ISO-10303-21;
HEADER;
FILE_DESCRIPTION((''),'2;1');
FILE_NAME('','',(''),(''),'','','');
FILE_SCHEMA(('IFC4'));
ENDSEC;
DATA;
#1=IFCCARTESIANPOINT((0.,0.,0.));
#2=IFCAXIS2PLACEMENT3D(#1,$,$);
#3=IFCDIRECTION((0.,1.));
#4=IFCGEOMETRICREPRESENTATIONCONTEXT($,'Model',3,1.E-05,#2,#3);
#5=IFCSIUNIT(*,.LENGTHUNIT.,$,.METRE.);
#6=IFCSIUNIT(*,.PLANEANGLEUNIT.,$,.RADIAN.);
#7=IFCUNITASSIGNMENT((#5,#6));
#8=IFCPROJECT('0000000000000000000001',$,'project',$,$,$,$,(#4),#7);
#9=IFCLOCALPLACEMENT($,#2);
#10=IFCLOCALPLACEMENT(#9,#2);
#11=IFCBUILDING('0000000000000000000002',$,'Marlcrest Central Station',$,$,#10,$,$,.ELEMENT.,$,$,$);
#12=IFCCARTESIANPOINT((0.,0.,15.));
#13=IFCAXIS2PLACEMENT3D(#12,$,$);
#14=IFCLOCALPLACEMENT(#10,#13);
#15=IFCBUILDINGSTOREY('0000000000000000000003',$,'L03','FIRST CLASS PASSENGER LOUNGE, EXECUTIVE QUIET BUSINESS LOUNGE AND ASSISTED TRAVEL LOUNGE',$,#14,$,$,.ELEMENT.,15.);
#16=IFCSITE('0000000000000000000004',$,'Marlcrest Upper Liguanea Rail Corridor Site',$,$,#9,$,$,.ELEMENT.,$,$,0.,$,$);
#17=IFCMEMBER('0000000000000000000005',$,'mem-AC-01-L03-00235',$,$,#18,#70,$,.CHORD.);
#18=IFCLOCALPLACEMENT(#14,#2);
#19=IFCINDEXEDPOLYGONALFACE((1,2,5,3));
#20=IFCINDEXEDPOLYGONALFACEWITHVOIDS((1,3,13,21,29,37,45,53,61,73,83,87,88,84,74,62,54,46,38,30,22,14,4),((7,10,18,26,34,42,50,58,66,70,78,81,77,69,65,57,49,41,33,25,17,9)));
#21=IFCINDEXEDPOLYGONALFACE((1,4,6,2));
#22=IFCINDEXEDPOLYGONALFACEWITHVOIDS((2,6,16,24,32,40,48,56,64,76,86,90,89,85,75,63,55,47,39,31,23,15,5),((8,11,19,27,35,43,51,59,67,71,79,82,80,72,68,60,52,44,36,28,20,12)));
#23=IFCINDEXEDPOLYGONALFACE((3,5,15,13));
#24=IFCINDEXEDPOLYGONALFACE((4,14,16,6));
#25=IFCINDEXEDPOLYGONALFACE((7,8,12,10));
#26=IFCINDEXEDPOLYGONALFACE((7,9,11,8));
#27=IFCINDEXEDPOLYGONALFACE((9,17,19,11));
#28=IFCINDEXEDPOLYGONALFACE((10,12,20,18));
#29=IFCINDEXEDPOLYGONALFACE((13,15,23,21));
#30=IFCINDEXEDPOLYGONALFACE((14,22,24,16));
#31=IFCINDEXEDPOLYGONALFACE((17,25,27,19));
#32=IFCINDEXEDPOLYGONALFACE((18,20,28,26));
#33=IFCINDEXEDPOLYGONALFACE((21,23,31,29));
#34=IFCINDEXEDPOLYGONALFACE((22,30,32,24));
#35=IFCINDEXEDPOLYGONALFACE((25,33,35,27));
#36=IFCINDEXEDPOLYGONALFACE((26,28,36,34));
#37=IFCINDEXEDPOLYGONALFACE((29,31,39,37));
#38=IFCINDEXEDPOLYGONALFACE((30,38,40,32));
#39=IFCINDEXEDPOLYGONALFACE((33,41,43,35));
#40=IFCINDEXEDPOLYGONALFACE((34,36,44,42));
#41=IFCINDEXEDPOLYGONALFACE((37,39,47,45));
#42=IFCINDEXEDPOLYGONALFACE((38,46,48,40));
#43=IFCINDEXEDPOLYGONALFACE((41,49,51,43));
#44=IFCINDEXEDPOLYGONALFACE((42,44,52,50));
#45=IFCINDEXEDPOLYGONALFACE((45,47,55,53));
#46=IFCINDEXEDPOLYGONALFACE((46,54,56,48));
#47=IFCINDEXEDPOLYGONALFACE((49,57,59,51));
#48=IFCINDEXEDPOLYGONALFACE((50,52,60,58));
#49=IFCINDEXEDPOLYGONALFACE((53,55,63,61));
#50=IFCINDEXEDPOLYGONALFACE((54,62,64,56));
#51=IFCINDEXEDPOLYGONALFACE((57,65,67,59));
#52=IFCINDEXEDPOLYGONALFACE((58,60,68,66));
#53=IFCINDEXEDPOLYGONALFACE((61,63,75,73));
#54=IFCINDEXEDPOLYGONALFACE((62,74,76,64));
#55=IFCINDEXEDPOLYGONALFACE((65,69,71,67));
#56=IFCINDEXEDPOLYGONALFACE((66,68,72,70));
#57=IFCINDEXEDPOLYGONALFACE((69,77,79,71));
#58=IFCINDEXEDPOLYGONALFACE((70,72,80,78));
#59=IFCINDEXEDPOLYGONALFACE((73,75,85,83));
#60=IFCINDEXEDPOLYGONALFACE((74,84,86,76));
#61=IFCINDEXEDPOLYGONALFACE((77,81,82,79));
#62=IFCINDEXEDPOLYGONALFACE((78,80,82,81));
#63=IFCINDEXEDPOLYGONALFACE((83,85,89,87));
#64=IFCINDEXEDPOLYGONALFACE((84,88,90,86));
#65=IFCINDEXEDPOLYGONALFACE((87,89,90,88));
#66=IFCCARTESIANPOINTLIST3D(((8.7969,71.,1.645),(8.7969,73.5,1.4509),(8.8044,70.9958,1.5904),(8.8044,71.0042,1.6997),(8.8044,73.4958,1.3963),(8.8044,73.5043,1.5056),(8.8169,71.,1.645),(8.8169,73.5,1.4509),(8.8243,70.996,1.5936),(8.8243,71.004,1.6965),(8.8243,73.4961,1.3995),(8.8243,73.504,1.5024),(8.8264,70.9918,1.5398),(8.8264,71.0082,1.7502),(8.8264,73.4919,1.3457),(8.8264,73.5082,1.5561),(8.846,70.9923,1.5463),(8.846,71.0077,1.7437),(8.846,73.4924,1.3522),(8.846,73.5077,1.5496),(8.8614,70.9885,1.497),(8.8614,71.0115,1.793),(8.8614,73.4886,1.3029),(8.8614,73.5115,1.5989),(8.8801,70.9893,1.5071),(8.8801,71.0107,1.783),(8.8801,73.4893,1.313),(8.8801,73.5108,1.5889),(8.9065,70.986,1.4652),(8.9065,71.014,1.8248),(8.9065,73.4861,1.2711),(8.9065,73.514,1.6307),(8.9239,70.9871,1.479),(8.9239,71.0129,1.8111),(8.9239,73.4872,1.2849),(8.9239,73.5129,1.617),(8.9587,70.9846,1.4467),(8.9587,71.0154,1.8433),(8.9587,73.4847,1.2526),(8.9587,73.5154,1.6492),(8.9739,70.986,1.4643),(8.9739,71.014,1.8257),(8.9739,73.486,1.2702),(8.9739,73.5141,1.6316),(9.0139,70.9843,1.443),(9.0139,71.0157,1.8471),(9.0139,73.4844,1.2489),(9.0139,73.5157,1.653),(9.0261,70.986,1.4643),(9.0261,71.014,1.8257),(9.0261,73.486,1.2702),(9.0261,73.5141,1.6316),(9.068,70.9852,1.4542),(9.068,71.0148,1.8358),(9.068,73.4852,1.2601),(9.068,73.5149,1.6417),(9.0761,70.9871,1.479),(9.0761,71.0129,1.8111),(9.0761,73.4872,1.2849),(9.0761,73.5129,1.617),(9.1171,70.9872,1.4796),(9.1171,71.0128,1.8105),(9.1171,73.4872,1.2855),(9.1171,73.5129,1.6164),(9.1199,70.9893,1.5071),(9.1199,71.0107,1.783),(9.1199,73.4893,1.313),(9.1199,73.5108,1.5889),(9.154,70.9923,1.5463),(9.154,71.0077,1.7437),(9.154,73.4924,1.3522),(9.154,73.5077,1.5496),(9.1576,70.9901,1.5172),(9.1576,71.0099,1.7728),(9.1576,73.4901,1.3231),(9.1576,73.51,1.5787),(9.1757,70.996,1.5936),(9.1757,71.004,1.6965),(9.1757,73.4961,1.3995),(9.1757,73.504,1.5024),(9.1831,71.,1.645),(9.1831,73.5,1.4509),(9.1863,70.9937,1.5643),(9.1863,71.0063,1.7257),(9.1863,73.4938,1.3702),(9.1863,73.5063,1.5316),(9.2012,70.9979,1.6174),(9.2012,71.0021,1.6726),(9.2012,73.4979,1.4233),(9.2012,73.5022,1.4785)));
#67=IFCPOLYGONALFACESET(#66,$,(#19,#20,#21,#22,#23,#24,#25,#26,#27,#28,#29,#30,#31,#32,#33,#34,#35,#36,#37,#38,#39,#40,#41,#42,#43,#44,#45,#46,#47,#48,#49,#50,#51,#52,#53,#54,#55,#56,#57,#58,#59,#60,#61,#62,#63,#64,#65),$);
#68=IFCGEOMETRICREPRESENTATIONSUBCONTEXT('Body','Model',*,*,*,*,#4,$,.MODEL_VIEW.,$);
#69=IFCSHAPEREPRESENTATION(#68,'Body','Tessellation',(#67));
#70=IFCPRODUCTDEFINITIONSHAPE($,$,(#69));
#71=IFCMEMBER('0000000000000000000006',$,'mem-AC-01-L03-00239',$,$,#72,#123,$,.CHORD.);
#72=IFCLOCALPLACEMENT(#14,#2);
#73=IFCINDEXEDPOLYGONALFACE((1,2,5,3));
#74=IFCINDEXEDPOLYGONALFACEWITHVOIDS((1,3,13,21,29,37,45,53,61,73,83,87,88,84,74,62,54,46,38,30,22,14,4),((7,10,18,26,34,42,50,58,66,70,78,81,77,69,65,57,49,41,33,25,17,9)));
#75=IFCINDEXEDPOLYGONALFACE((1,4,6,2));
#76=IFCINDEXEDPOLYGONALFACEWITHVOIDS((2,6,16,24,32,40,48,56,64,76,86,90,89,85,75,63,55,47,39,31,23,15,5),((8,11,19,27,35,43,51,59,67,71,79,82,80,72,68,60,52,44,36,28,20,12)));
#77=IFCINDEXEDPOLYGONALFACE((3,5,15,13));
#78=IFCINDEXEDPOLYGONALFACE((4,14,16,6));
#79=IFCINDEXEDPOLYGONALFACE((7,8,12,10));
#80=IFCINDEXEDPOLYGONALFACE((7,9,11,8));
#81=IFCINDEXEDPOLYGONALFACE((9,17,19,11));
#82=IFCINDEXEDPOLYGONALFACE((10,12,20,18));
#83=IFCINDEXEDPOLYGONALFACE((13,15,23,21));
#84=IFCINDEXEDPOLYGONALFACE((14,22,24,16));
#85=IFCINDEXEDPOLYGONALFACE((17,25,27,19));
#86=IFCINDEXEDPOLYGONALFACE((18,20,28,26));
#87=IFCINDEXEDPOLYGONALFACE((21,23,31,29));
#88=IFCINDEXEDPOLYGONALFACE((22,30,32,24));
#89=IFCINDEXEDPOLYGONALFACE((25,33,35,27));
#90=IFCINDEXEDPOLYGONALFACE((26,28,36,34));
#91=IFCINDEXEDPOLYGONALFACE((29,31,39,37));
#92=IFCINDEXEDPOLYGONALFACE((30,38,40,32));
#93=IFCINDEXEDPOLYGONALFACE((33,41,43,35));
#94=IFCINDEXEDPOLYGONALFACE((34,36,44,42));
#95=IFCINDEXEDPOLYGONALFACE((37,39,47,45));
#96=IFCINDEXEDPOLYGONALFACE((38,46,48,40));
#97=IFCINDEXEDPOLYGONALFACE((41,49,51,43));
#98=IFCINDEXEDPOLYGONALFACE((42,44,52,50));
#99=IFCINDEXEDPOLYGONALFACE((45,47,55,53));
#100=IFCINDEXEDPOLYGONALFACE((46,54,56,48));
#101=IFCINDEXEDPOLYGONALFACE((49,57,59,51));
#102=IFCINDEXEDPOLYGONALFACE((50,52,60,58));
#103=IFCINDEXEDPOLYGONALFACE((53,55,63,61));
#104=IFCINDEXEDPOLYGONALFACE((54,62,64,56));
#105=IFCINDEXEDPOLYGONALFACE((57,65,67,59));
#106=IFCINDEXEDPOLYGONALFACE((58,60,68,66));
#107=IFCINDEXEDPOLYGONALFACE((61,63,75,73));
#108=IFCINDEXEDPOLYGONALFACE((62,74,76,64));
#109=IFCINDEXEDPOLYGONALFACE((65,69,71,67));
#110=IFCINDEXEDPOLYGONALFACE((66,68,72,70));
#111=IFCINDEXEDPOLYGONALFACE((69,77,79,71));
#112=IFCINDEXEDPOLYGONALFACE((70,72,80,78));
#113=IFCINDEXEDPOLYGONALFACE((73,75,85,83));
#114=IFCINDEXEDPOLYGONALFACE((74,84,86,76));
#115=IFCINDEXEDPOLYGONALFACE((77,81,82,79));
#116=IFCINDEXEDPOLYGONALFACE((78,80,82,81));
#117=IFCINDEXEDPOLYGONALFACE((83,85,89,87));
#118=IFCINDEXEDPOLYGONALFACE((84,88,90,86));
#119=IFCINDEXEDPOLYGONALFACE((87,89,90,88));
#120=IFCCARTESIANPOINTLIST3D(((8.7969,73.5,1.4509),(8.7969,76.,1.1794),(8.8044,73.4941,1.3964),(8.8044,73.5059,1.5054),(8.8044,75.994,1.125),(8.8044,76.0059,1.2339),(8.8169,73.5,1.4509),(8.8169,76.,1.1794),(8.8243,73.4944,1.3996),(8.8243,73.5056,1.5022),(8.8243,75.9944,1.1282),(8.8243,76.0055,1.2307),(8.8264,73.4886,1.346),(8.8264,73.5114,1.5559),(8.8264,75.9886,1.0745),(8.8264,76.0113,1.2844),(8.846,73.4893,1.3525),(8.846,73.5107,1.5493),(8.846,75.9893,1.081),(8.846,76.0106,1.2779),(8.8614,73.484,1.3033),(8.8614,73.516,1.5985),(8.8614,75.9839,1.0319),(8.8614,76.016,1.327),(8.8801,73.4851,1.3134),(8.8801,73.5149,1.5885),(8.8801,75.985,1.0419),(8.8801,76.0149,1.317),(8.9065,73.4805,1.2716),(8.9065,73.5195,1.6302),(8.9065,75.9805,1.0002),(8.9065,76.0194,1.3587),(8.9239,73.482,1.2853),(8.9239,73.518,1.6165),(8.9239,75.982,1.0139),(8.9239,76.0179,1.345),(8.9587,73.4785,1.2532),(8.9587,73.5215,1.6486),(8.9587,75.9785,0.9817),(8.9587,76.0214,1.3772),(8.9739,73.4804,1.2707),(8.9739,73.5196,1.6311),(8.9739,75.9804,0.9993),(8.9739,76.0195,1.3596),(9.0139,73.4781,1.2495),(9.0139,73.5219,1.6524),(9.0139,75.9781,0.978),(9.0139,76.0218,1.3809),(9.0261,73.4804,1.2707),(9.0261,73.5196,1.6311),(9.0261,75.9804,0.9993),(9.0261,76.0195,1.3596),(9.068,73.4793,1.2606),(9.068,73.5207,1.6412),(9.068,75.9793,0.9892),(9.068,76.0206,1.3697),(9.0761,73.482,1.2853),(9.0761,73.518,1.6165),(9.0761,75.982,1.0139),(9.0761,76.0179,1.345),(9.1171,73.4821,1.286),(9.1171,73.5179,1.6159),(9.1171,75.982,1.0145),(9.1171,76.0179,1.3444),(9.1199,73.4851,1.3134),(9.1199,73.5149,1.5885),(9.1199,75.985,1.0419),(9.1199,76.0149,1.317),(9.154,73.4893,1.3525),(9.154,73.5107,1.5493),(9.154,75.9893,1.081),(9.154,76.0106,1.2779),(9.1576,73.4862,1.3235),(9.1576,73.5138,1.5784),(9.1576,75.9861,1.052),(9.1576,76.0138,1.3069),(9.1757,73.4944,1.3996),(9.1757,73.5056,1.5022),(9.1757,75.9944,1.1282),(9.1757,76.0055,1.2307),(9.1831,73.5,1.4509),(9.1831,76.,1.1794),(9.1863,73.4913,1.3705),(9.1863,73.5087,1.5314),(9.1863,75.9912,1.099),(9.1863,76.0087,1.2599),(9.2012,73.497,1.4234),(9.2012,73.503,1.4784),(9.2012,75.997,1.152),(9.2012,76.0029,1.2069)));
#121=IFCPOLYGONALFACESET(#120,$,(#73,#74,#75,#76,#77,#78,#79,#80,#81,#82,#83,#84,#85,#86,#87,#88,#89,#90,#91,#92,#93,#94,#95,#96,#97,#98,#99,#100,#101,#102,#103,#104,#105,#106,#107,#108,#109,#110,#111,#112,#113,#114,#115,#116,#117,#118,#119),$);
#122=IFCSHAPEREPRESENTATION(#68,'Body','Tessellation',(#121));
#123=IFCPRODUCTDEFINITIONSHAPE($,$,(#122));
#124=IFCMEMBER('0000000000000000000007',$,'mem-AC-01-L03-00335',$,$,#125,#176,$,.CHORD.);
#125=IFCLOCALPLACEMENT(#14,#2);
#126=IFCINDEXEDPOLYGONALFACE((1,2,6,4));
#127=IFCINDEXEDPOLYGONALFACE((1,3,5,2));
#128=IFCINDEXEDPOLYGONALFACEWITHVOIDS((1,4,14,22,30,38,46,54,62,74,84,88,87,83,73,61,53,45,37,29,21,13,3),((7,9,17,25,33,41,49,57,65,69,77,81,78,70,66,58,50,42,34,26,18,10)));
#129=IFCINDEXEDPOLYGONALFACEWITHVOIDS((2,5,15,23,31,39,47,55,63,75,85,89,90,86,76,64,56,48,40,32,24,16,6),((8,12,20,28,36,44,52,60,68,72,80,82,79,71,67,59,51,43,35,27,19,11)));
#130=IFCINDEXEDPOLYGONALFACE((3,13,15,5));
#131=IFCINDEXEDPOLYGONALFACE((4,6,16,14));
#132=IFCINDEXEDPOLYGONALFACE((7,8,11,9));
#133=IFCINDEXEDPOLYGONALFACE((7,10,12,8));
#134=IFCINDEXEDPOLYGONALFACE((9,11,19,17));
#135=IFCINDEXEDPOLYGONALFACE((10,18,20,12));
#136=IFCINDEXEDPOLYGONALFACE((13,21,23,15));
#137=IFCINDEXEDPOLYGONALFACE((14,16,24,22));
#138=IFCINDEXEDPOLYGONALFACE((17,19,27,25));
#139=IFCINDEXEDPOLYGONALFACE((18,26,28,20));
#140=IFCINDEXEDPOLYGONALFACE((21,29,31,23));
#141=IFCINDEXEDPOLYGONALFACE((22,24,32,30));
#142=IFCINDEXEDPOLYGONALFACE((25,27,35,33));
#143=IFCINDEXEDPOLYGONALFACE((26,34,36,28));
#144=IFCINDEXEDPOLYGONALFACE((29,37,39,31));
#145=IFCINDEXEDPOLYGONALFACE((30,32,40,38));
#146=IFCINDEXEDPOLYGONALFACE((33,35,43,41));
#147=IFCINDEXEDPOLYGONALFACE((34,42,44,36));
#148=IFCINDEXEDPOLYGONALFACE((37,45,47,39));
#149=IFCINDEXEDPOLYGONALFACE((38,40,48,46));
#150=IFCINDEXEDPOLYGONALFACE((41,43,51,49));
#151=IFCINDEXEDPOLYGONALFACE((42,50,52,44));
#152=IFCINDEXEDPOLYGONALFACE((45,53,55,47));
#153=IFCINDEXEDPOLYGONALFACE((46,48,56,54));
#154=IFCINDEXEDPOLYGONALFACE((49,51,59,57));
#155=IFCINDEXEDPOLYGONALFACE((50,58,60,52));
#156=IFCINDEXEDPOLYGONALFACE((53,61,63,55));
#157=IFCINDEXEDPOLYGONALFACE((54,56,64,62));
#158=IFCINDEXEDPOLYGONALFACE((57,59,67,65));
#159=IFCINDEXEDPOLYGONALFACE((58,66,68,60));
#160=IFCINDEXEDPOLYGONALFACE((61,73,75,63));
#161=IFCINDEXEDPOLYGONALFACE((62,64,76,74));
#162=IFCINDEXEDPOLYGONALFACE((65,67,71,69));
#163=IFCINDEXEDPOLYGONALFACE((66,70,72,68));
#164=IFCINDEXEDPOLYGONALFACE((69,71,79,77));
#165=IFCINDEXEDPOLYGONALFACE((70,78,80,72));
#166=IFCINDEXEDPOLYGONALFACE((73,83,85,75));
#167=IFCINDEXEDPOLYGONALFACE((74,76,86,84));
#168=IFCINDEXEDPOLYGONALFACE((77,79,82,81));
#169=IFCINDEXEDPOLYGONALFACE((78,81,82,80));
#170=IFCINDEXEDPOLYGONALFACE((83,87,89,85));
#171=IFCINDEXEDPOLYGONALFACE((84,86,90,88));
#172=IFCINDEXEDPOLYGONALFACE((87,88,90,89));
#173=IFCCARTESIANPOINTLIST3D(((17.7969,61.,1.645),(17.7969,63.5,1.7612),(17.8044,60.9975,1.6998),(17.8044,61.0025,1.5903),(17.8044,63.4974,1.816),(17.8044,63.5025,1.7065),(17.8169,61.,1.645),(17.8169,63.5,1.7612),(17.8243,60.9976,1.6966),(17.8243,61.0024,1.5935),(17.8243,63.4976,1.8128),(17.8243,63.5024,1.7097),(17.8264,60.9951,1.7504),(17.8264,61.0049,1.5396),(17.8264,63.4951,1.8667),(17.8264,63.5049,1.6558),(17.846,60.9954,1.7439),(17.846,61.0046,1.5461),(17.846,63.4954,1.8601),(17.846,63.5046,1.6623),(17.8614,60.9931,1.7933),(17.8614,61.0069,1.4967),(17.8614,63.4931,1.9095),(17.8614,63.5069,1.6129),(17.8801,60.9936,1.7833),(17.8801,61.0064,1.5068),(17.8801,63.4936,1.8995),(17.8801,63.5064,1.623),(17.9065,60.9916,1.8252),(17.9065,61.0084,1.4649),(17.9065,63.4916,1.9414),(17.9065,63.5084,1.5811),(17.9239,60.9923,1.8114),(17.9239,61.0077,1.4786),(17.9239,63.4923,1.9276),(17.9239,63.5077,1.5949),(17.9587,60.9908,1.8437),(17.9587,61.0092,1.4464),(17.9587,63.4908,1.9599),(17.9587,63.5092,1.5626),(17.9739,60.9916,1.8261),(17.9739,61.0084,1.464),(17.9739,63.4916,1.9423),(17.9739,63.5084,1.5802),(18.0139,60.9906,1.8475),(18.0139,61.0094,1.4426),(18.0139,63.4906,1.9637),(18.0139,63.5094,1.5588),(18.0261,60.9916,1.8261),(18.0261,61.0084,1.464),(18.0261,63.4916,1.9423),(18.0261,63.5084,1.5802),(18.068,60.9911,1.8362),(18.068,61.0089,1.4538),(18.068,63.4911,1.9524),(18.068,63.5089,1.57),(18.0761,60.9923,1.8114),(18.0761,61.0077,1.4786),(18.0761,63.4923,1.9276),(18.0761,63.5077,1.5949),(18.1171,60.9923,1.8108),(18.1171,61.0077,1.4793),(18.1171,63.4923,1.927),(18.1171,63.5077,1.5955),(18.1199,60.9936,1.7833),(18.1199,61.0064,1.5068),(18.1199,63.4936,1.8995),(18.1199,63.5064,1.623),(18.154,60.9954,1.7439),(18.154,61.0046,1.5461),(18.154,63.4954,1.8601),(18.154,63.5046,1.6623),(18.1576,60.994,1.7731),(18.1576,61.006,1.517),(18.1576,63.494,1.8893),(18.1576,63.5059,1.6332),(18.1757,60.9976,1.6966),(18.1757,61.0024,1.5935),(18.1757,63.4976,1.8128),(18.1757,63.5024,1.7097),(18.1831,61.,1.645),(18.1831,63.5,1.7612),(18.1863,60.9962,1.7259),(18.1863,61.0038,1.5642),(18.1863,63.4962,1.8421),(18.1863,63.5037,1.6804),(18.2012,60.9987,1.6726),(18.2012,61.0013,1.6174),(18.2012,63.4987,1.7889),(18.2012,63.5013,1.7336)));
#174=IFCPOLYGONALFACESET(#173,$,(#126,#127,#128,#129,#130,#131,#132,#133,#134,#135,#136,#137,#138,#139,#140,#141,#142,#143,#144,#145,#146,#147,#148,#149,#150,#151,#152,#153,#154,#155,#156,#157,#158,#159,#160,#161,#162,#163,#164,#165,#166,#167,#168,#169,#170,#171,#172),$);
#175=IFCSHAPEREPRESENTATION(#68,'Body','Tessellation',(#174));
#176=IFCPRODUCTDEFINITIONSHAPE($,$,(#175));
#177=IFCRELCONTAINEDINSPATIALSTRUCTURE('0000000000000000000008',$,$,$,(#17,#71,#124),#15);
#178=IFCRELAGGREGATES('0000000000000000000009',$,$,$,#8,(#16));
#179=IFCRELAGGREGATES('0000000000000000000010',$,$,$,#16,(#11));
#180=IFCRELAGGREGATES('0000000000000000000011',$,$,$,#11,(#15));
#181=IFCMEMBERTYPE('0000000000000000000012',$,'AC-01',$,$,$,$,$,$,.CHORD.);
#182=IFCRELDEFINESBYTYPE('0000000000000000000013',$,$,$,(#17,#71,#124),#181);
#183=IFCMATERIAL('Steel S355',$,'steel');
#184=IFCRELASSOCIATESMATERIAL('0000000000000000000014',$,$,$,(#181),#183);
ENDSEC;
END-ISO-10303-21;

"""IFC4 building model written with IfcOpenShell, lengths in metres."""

from ifc_helpers import new_model, si_unit, direction, frame, origin, origin_2d, place, context, subcontext, project, spatial, hollow_circle, extrude, material, material_profile, profile_set, type_object, element, save


model = new_model("IFC4")

# Units and contexts
model_context = context("Model", 3, precision=1e-05, world=origin(), true_north=direction((0.0, 1.0)))
body_context = subcontext(model_context, "Body", "Model", "MODEL_VIEW")
ifc_project = project(units=[si_unit("LENGTHUNIT", "METRE"), si_unit("PLANEANGLEUNIT", "RADIAN")], contexts=[model_context])

# Site, building, storey
site_placement = place(None, origin())
site = spatial("IfcSite", under=ifc_project, at=site_placement, Name="Marlcrest Upper Liguanea Rail Corridor Site", CompositionType="ELEMENT", RefElevation=0.0)
building_placement = place(site_placement, origin())
building = spatial("IfcBuilding", under=site, at=building_placement, Name="Marlcrest Central Station", CompositionType="ELEMENT")
storey_placement = place(building_placement, frame((0.0, 0.0, 15.0)))
storey = spatial("IfcBuildingStorey", under=building, at=storey_placement, Name="L03", Description="FIRST CLASS PASSENGER LOUNGE, EXECUTIVE QUIET BUSINESS LOUNGE AND ASSISTED TRAVEL LOUNGE", CompositionType="ELEMENT", Elevation=15.0)

# Members
ifc_material_1 = material(Name="Steel S355", Category="steel")
ifc_material_profile_1 = material_profile(ifc_material_1, hollow_circle(Radius=0.2031, WallThickness=0.02, at=origin_2d()), Name="CHS 406.4x20")
ifc_profile_set_1 = profile_set([ifc_material_profile_1], Name="Steel S355")
member_type_1 = type_object("IfcMemberType", Name="AC-01", PredefinedType="CHORD", material=ifc_profile_set_1)
member_1_placement = place(storey_placement, frame((9.0, 71.0, 1.645), z_axis=(0.0, 0.997, -0.077404), x_axis=(-1.0, 0.0, 0.0)))
element("IfcMember", 1, at=member_1_placement, inside=storey, type_object=member_type_1, Name="mem-AC-01-L03-00235", PredefinedType="CHORD", context=body_context, shape_type="SweptSolid", body=[
    extrude(hollow_circle(Radius=0.2031, WallThickness=0.02, at=origin_2d()), origin(), (0.0, 0.0, 1.0), 2.5076),
])
member_2_placement = place(storey_placement, frame((9.0, 73.5, 1.4509), z_axis=(0.0, 0.994155, -0.107959), x_axis=(-1.0, 0.0, 0.0)))
element("IfcMember", 2, at=member_2_placement, inside=storey, type_object=member_type_1, Name="mem-AC-01-L03-00239", PredefinedType="CHORD", context=body_context, shape_type="SweptSolid", body=[
    extrude(hollow_circle(Radius=0.2031, WallThickness=0.02, at=origin_2d()), origin(), (0.0, 0.0, 1.0), 2.5146),
])
member_3_placement = place(storey_placement, frame((18.0, 61.0, 1.645), z_axis=(0.0, 0.998921, 0.046434), x_axis=(-1.0, 0.0, 0.0)))
element("IfcMember", 3, at=member_3_placement, inside=storey, type_object=member_type_1, Name="mem-AC-01-L03-00335", PredefinedType="CHORD", context=body_context, shape_type="SweptSolid", body=[
    extrude(hollow_circle(Radius=0.2031, WallThickness=0.02, at=origin_2d()), origin(), (0.0, 0.0, 1.0), 2.5027),
])

save(model, "model.ifc")
